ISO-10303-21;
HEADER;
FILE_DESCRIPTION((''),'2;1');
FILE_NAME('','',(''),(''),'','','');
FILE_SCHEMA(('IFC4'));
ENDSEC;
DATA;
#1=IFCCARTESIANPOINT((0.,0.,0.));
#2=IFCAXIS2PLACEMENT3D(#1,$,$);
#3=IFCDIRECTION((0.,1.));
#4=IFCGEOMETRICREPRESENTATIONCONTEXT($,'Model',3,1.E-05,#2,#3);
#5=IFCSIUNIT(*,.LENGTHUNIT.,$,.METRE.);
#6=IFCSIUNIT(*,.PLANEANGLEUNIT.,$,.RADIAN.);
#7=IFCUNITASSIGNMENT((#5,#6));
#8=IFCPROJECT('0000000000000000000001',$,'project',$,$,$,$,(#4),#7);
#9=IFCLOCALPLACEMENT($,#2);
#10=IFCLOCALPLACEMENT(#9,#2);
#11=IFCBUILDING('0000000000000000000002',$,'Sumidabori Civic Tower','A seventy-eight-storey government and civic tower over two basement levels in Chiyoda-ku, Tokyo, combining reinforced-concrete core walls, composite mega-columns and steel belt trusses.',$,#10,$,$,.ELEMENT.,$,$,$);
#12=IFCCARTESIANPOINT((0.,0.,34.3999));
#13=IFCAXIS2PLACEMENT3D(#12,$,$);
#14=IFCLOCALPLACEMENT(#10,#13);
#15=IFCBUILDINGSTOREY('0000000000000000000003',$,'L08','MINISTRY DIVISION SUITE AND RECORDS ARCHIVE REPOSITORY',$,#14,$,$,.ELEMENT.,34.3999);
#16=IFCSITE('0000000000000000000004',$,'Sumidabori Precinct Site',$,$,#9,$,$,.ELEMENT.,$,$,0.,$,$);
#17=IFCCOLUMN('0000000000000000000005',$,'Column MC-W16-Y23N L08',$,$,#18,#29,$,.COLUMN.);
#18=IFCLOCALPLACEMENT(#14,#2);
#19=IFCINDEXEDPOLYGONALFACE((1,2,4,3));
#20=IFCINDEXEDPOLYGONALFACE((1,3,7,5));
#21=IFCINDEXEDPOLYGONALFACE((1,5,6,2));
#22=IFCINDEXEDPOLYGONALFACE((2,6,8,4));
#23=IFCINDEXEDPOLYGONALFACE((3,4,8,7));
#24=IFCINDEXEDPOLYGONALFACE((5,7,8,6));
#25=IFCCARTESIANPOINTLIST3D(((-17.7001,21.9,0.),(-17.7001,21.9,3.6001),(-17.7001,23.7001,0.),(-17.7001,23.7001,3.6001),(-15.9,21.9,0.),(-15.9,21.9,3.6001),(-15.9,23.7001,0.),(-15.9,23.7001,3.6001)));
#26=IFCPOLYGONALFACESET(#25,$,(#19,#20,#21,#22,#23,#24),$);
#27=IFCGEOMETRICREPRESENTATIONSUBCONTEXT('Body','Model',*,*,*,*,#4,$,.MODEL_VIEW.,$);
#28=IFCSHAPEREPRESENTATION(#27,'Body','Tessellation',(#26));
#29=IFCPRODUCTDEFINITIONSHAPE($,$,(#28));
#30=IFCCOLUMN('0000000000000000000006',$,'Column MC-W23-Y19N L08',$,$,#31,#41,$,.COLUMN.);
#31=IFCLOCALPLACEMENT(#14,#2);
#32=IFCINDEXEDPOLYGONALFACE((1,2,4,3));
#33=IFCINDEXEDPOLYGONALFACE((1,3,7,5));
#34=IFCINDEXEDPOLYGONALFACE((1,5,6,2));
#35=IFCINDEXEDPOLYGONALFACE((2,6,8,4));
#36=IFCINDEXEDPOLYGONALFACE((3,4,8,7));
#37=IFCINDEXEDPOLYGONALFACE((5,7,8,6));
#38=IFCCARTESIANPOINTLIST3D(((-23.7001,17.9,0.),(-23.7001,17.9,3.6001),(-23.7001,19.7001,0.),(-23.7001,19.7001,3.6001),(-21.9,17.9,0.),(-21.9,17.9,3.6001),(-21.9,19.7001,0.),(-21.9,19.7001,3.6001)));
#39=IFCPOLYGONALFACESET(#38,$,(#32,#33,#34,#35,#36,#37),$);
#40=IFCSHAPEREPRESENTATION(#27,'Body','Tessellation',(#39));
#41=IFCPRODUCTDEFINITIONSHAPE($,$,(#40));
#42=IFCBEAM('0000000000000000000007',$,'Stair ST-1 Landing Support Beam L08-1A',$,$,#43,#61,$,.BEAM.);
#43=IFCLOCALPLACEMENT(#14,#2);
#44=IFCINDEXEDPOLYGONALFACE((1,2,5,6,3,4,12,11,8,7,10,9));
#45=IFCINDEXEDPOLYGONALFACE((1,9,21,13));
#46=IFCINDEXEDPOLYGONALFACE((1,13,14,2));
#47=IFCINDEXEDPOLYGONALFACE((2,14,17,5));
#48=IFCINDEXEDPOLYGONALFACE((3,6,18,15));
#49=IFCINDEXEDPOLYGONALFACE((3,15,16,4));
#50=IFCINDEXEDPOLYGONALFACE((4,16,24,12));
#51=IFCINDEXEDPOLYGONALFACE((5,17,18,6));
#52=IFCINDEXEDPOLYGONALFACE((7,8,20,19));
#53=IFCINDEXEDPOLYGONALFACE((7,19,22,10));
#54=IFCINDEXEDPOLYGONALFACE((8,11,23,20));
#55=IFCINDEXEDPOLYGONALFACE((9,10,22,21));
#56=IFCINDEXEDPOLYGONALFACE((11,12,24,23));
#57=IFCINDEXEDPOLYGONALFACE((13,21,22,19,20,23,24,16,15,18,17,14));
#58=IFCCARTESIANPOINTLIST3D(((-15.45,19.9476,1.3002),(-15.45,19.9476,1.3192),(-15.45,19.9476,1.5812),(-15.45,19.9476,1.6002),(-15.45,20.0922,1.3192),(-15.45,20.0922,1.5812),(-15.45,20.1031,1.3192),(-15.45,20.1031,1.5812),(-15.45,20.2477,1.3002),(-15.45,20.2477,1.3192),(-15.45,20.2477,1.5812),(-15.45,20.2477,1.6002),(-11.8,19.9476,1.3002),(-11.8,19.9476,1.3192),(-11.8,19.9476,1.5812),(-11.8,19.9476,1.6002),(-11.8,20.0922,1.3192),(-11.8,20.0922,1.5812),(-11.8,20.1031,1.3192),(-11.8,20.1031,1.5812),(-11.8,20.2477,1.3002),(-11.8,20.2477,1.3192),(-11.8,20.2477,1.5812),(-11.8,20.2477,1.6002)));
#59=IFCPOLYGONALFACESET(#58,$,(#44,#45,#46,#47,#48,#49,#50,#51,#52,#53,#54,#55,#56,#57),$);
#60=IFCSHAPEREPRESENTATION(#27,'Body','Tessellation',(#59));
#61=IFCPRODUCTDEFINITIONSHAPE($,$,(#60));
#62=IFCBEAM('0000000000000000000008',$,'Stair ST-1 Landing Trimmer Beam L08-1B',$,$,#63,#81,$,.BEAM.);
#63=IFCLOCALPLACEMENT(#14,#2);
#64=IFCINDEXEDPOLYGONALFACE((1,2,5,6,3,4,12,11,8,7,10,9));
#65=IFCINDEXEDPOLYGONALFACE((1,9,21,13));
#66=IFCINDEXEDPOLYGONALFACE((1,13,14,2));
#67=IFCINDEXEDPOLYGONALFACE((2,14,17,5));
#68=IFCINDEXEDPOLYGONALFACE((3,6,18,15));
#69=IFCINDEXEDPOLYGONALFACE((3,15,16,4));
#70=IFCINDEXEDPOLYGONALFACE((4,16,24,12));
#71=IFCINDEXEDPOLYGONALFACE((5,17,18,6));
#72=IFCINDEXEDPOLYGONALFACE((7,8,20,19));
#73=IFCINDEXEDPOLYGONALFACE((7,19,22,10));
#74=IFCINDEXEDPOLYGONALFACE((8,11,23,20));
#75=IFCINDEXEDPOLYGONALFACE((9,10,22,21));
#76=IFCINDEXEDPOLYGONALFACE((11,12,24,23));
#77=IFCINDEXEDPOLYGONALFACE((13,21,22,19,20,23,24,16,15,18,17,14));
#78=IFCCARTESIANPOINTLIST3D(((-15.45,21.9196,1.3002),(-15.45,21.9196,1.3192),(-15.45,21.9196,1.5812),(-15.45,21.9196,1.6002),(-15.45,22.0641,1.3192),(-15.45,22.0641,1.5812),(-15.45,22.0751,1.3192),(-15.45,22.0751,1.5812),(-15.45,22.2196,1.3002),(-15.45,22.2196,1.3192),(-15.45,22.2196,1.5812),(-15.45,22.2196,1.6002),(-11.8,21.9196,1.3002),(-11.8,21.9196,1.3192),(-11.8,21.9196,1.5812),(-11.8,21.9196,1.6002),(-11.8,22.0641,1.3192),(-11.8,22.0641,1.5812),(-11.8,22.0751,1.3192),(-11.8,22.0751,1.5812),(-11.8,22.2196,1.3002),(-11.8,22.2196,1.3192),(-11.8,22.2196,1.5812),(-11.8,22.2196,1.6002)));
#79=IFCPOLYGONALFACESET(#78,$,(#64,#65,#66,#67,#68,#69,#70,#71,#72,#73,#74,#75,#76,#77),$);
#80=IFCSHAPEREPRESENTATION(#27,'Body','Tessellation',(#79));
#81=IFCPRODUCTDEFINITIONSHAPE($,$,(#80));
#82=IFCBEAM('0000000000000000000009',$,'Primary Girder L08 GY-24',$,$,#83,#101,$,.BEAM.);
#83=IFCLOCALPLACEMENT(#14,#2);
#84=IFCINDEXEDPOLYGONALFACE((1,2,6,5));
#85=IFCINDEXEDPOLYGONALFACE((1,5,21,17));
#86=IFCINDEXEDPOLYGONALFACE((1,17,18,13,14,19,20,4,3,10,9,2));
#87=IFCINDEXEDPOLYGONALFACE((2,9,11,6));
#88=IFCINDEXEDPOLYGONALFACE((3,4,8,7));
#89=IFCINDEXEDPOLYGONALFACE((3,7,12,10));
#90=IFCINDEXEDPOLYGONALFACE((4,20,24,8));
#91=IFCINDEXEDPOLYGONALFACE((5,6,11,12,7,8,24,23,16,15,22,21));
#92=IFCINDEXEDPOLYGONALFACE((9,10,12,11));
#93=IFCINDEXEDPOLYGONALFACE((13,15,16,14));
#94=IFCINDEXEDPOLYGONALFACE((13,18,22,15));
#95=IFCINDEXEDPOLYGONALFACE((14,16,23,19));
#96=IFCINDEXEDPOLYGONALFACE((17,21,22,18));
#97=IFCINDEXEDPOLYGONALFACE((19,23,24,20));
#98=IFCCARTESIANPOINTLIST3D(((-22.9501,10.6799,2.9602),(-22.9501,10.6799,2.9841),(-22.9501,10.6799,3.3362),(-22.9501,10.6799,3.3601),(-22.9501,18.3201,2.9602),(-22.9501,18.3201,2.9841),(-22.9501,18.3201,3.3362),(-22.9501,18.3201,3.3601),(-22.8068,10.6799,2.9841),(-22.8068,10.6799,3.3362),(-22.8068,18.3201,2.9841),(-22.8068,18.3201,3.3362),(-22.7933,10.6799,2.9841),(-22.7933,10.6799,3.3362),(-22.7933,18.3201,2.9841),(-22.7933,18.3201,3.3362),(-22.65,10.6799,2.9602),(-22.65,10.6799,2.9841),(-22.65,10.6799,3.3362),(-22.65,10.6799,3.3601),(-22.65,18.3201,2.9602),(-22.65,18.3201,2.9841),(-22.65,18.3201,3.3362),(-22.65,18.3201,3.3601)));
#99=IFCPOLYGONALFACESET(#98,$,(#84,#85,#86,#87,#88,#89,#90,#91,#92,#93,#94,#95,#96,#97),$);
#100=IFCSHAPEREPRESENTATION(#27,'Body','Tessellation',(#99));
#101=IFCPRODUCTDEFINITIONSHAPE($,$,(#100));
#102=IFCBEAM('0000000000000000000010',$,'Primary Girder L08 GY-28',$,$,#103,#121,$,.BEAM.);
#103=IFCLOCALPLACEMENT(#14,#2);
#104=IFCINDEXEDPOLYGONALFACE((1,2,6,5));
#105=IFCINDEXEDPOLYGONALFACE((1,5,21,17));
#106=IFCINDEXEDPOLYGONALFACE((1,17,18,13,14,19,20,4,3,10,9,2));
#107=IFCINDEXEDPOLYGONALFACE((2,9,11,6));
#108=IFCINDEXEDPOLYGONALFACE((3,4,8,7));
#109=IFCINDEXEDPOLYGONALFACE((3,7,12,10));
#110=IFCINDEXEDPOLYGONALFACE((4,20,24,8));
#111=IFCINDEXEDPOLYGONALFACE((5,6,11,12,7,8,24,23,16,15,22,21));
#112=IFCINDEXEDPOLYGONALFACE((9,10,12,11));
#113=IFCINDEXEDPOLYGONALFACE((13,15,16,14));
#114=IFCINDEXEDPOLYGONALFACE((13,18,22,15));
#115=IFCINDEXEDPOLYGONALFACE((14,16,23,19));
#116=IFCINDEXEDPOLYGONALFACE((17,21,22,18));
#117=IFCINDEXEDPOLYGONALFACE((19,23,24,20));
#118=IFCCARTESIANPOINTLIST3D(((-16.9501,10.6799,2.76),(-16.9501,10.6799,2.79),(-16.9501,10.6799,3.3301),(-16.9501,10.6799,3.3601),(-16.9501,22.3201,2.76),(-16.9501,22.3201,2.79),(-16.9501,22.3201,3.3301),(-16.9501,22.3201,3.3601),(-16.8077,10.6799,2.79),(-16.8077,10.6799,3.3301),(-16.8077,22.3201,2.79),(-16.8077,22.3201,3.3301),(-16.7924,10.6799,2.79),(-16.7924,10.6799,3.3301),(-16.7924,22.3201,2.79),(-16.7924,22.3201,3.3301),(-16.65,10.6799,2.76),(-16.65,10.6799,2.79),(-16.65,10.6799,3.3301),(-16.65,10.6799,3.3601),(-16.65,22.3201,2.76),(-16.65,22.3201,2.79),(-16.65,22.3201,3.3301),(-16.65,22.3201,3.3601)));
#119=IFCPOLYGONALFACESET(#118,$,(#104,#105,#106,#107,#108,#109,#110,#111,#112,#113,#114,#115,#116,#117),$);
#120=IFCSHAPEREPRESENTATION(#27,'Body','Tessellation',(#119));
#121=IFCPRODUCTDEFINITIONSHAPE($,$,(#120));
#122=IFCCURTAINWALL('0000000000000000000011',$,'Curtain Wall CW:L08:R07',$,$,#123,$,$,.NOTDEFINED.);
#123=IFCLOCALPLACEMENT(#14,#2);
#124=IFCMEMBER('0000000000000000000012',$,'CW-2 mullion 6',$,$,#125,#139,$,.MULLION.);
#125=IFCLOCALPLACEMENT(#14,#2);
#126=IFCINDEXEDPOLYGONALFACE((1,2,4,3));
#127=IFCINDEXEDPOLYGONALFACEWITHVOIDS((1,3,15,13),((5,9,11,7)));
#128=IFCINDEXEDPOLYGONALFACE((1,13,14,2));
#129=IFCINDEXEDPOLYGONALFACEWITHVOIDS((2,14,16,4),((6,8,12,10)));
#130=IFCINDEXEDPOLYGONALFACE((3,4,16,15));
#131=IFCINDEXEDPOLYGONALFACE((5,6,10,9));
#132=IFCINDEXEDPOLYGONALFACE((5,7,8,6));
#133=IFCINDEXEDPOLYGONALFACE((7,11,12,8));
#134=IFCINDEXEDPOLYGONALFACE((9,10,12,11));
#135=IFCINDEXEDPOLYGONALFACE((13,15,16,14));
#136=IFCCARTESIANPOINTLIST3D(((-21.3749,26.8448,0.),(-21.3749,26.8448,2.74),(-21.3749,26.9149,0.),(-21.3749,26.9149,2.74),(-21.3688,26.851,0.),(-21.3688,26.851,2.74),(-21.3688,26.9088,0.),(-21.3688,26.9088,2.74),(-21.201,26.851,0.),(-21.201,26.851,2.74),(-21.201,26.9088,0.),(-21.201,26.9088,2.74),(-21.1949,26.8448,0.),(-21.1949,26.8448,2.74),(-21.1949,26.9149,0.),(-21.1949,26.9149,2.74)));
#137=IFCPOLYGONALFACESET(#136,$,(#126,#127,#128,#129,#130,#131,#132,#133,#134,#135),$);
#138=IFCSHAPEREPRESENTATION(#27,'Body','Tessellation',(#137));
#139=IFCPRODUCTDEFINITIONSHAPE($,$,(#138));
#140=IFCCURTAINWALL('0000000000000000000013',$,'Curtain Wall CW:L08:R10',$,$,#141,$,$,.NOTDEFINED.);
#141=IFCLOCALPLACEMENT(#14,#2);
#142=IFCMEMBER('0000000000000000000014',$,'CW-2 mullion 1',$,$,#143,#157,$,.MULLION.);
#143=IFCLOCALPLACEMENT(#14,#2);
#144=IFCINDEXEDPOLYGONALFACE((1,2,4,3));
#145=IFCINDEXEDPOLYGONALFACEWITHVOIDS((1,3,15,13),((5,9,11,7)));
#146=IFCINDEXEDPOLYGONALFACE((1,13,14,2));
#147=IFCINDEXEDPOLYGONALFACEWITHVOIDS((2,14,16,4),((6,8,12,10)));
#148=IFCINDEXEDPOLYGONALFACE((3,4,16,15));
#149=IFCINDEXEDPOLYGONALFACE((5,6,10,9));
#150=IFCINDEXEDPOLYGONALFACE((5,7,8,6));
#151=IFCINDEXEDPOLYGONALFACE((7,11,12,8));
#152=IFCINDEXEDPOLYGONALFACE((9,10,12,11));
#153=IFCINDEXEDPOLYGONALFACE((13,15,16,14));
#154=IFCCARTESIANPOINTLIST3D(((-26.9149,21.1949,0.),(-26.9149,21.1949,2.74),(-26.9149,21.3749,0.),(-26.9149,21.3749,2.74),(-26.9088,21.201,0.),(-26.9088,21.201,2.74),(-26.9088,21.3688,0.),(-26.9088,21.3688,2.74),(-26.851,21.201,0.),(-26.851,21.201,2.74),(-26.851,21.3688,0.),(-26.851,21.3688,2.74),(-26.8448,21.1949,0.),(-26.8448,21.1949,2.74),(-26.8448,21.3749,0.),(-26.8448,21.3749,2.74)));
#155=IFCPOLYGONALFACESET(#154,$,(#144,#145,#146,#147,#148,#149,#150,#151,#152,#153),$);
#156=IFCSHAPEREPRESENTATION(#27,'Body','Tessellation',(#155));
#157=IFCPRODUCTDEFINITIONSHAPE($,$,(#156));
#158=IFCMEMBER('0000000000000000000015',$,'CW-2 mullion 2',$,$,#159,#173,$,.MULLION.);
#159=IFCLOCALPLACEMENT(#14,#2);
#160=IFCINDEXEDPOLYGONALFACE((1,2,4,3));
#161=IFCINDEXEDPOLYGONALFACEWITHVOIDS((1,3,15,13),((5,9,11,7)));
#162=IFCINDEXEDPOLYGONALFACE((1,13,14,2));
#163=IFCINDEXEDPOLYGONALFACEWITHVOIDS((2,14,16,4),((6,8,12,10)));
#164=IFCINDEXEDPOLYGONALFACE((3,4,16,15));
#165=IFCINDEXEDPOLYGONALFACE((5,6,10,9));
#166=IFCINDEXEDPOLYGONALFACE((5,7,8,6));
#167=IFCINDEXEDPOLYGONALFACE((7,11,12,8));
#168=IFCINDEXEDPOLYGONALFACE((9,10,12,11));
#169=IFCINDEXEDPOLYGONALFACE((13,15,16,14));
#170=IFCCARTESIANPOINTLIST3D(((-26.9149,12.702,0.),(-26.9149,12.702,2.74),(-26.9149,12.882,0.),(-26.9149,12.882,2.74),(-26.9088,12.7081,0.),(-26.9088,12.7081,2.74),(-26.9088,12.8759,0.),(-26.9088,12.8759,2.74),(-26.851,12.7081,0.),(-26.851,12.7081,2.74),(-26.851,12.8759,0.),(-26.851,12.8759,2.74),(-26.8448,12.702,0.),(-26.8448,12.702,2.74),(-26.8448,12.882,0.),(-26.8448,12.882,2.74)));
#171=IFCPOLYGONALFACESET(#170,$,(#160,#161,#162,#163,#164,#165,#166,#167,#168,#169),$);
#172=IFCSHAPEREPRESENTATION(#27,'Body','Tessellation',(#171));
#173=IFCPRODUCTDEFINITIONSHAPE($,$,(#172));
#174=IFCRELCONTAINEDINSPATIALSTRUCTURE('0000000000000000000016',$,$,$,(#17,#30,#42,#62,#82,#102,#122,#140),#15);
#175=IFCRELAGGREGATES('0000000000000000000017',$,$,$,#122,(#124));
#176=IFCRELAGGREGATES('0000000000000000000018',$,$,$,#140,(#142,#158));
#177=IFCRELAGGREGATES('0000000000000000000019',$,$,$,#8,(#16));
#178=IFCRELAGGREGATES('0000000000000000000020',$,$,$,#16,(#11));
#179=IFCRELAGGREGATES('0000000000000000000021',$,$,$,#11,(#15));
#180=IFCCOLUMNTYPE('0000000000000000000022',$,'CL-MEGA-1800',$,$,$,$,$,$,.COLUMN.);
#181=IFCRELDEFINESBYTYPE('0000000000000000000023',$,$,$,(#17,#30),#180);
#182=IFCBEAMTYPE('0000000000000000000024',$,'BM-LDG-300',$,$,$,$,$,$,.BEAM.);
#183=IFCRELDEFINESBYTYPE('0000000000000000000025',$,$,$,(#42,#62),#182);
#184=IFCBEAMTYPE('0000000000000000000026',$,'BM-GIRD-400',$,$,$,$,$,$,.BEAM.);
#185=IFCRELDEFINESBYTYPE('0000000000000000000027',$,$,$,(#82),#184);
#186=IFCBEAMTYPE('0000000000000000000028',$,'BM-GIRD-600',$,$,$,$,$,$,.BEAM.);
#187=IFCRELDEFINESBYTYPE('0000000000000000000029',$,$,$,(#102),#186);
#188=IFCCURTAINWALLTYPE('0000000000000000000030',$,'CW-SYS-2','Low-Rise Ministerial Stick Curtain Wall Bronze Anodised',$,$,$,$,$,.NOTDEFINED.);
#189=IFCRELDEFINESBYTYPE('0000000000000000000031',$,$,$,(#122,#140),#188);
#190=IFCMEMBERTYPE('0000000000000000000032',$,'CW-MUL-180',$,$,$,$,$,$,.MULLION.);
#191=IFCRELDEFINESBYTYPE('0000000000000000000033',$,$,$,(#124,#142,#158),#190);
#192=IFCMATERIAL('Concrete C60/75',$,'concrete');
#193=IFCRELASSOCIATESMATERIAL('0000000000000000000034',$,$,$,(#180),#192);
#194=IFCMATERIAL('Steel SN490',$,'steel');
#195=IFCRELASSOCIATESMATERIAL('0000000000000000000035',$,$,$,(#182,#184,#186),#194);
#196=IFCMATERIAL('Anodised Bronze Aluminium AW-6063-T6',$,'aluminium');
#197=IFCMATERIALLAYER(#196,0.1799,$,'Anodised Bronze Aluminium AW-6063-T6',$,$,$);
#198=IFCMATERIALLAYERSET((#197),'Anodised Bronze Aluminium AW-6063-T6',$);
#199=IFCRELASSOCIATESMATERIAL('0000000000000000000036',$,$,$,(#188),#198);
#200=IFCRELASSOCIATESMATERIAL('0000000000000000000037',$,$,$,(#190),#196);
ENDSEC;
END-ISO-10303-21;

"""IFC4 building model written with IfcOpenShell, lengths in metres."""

from ifc_helpers import new_model, si_unit, direction, frame, origin, origin_2d, place, context, subcontext, project, spatial, rectangle, hollow_rectangle, i_section, extrude, source, transform, mapped, material, layer, layer_set, material_profile, profile_set, type_object, element, aggregate, save


model = new_model("IFC4")

# Units and contexts
model_context = context("Model", 3, precision=1e-05, world=origin(), true_north=direction((0.0, 1.0)))
body_context = subcontext(model_context, "Body", "Model", "MODEL_VIEW")
ifc_project = project(units=[si_unit("LENGTHUNIT", "METRE"), si_unit("PLANEANGLEUNIT", "RADIAN")], contexts=[model_context])

# Site, building, storey
site_placement = place(None, origin())
site = spatial("IfcSite", under=ifc_project, at=site_placement, Name="Sumidabori Precinct Site", CompositionType="ELEMENT", RefElevation=0.0)
building_placement = place(site_placement, origin())
building = spatial("IfcBuilding", under=site, at=building_placement, Name="Sumidabori Civic Tower", Description="A seventy-eight-storey government and civic tower over two basement levels in Chiyoda-ku, Tokyo, combining reinforced-concrete core walls, composite mega-columns and steel belt trusses.", CompositionType="ELEMENT")
storey_placement = place(building_placement, frame((0.0, 0.0, 34.3999)))
storey = spatial("IfcBuildingStorey", under=building, at=storey_placement, Name="L08", Description="MINISTRY DIVISION SUITE AND RECORDS ARCHIVE REPOSITORY", CompositionType="ELEMENT", Elevation=34.3999)

# Columns
ifc_material_1 = material(Name="Concrete C60/75", Category="concrete")
ifc_material_profile_1 = material_profile(ifc_material_1, rectangle(XDim=1.8, YDim=1.8, at=origin_2d()), Name="RC 1800x1800")
ifc_profile_set_1 = profile_set([ifc_material_profile_1], Name="Concrete C60/75")
column_type = type_object("IfcColumnType", Name="CL-MEGA-1800", PredefinedType="COLUMN", material=ifc_profile_set_1)
shared_shape_1 = source(origin(), body_context, "Body", "SweptSolid", [
    extrude(rectangle(XDim=1.8, YDim=1.8, at=origin_2d()), origin(), (0.0, 0.0, 1.0), 3.6001),
])
for number, where, z_axis, x_axis, name in (
    (1, (-16.8, 22.8, 0.0), (0.0, 0.0, 1.0), (1.0, 0.0, 0.0), "Column MC-W16-Y23N L08"),
    (2, (-22.8, 18.8, 0.0), (0.0, 0.0, 1.0), (1.0, 0.0, 0.0), "Column MC-W23-Y19N L08"),
):
    element("IfcColumn", number, at=place(storey_placement, frame(where, z_axis=z_axis, x_axis=x_axis)), inside=storey, type_object=column_type, Name=name, PredefinedType="COLUMN", context=body_context, shape_type="MappedRepresentation", body=[
        mapped(shared_shape_1, transform((0.0, 0.0, 0.0), x_axis=(1.0, 0.0, 0.0), y_axis=(0.0, 1.0, 0.0), z_axis=(0.0, 0.0, 1.0), scale=1.0)),
    ])

# Beams
ifc_material_2 = material(Name="Steel SN490", Category="steel")
ifc_material_profile_2 = material_profile(ifc_material_2, i_section(OverallWidth=0.3, OverallDepth=0.3, WebThickness=0.011, FlangeThickness=0.019, at=origin_2d()), Name="HE 300 B")
ifc_profile_set_2 = profile_set([ifc_material_profile_2], Name="Steel SN490")
beam_type_1 = type_object("IfcBeamType", Name="BM-LDG-300", PredefinedType="BEAM", material=ifc_profile_set_2)
shared_shape_2 = source(origin(), body_context, "Body", "SweptSolid", [
    extrude(i_section(OverallWidth=0.3, OverallDepth=0.3, WebThickness=0.011, FlangeThickness=0.019, at=origin_2d()), origin(), (0.0, 0.0, 1.0), 3.6499),
])
for number, where, z_axis, x_axis, name in (
    (3, (-15.45, 20.0977, 1.4502), (1.0, 0.0, 0.0), (0.0, 1.0, 0.0), "Stair ST-1 Landing Support Beam L08-1A"),
    (4, (-15.45, 22.0696, 1.4502), (1.0, 0.0, 0.0), (0.0, 1.0, 0.0), "Stair ST-1 Landing Trimmer Beam L08-1B"),
):
    element("IfcBeam", number, at=place(storey_placement, frame(where, z_axis=z_axis, x_axis=x_axis)), inside=storey, type_object=beam_type_1, Name=name, PredefinedType="BEAM", context=body_context, shape_type="MappedRepresentation", body=[
        mapped(shared_shape_2, transform((0.0, 0.0, 0.0), x_axis=(1.0, 0.0, 0.0), y_axis=(0.0, 1.0, 0.0), z_axis=(0.0, 0.0, 1.0), scale=1.0)),
    ])
ifc_material_profile_3 = material_profile(ifc_material_2, i_section(OverallWidth=0.3, OverallDepth=0.3999, WebThickness=0.0134, FlangeThickness=0.0239, at=origin_2d()), Name="HE 400 B")
ifc_profile_set_3 = profile_set([ifc_material_profile_3], Name="Steel SN490")
beam_type_2 = type_object("IfcBeamType", Name="BM-GIRD-400", PredefinedType="BEAM", material=ifc_profile_set_3)
shared_shape_3 = source(origin(), body_context, "Body", "SweptSolid", [
    extrude(i_section(OverallWidth=0.3, OverallDepth=0.3999, WebThickness=0.0134, FlangeThickness=0.0239, at=origin_2d()), origin(), (0.0, 0.0, 1.0), 7.6401),
])
beam_1_placement = place(storey_placement, frame((-22.8, 10.6799, 3.1602), z_axis=(0.0, 1.0, 0.0), x_axis=(-1.0, 0.0, 0.0)))
element("IfcBeam", 5, at=beam_1_placement, inside=storey, type_object=beam_type_2, Name="Primary Girder L08 GY-24", PredefinedType="BEAM", context=body_context, shape_type="MappedRepresentation", body=[
    mapped(shared_shape_3, transform((0.0, 0.0, 0.0), x_axis=(1.0, 0.0, 0.0), y_axis=(0.0, 1.0, 0.0), z_axis=(0.0, 0.0, 1.0), scale=1.0)),
])
ifc_material_profile_4 = material_profile(ifc_material_2, i_section(OverallWidth=0.3, OverallDepth=0.6001, WebThickness=0.0154, FlangeThickness=0.03, at=origin_2d()), Name="HE 600 B")
ifc_profile_set_4 = profile_set([ifc_material_profile_4], Name="Steel SN490")
beam_type_3 = type_object("IfcBeamType", Name="BM-GIRD-600", PredefinedType="BEAM", material=ifc_profile_set_4)
shared_shape_4 = source(origin(), body_context, "Body", "SweptSolid", [
    extrude(i_section(OverallWidth=0.3, OverallDepth=0.6001, WebThickness=0.0154, FlangeThickness=0.03, at=origin_2d()), origin(), (0.0, 0.0, 1.0), 11.6401),
])
beam_2_placement = place(storey_placement, frame((-16.8, 10.6799, 3.0601), z_axis=(0.0, 1.0, 0.0), x_axis=(-1.0, 0.0, 0.0)))
element("IfcBeam", 6, at=beam_2_placement, inside=storey, type_object=beam_type_3, Name="Primary Girder L08 GY-28", PredefinedType="BEAM", context=body_context, shape_type="MappedRepresentation", body=[
    mapped(shared_shape_4, transform((0.0, 0.0, 0.0), x_axis=(1.0, 0.0, 0.0), y_axis=(0.0, 1.0, 0.0), z_axis=(0.0, 0.0, 1.0), scale=1.0)),
])

# Curtain wall, member
ifc_material_3 = material(Name="Anodised Bronze Aluminium AW-6063-T6", Category="aluminium")
ifc_layer_1 = layer(ifc_material_3, 0.1799, Name="Anodised Bronze Aluminium AW-6063-T6")
ifc_layer_set_1 = layer_set([ifc_layer_1], Name="Anodised Bronze Aluminium AW-6063-T6")
curtain_wall_type = type_object("IfcCurtainWallType", Name="CW-SYS-2", Description="Low-Rise Ministerial Stick Curtain Wall Bronze Anodised", PredefinedType="NOTDEFINED", material=ifc_layer_set_1)
curtain_wall_1_placement = place(storey_placement, origin())
curtain_wall_1 = element("IfcCurtainWall", 7, at=curtain_wall_1_placement, inside=storey, type_object=curtain_wall_type, Name="Curtain Wall CW:L08:R07", PredefinedType="NOTDEFINED")
ifc_material_profile_5 = material_profile(ifc_material_3, hollow_rectangle(XDim=0.0701, YDim=0.1799, WallThickness=0.0061, at=origin_2d()), Name="ALU MULLION 180x70")
ifc_profile_set_5 = profile_set([ifc_material_profile_5], Name="Anodised Bronze Aluminium AW-6063-T6")
member_type_1 = type_object("IfcMemberType", Name="CW-MUL-180", PredefinedType="MULLION", material=ifc_profile_set_5)
shared_shape_5 = source(origin(), body_context, "Body", "SweptSolid", [
    extrude(hollow_rectangle(XDim=0.0701, YDim=0.1799, WallThickness=0.0061, at=origin_2d()), origin(), (0.0, 0.0, 1.0), 2.74),
])
member_1_placement = place(storey_placement, frame((-21.2849, 26.8799, 0.0), z_axis=(0.0, 0.0, 1.0), x_axis=(0.0, -1.0, 0.0)))
member_1 = element("IfcMember", 8, at=member_1_placement, type_object=member_type_1, Name="CW-2 mullion 6", PredefinedType="MULLION", context=body_context, shape_type="MappedRepresentation", body=[
    mapped(shared_shape_5, transform((0.0, 0.0, 0.0), x_axis=(1.0, 0.0, 0.0), y_axis=(0.0, 1.0, 0.0), z_axis=(0.0, 0.0, 1.0), scale=1.0)),
])

# Curtain wall, members
curtain_wall_2_placement = place(storey_placement, origin())
curtain_wall_2 = element("IfcCurtainWall", 9, at=curtain_wall_2_placement, inside=storey, type_object=curtain_wall_type, Name="Curtain Wall CW:L08:R10", PredefinedType="NOTDEFINED")
member_2_placement = place(storey_placement, frame((-26.8799, 21.2849, 0.0), z_axis=(0.0, 0.0, 1.0), x_axis=(1.0, 0.0, 0.0)))
member_2 = element("IfcMember", 10, at=member_2_placement, type_object=member_type_1, Name="CW-2 mullion 1", PredefinedType="MULLION", context=body_context, shape_type="MappedRepresentation", body=[
    mapped(shared_shape_5, transform((0.0, 0.0, 0.0), x_axis=(1.0, 0.0, 0.0), y_axis=(0.0, 1.0, 0.0), z_axis=(0.0, 0.0, 1.0), scale=1.0)),
])
member_3_placement = place(storey_placement, frame((-26.8799, 12.792, 0.0), z_axis=(0.0, 0.0, 1.0), x_axis=(1.0, 0.0, 0.0)))
member_3 = element("IfcMember", 11, at=member_3_placement, type_object=member_type_1, Name="CW-2 mullion 2", PredefinedType="MULLION", context=body_context, shape_type="MappedRepresentation", body=[
    mapped(shared_shape_5, transform((0.0, 0.0, 0.0), x_axis=(1.0, 0.0, 0.0), y_axis=(0.0, 1.0, 0.0), z_axis=(0.0, 0.0, 1.0), scale=1.0)),
])

aggregate(curtain_wall_1, [member_1])
aggregate(curtain_wall_2, [member_2, member_3])

save(model, "model.ifc")
